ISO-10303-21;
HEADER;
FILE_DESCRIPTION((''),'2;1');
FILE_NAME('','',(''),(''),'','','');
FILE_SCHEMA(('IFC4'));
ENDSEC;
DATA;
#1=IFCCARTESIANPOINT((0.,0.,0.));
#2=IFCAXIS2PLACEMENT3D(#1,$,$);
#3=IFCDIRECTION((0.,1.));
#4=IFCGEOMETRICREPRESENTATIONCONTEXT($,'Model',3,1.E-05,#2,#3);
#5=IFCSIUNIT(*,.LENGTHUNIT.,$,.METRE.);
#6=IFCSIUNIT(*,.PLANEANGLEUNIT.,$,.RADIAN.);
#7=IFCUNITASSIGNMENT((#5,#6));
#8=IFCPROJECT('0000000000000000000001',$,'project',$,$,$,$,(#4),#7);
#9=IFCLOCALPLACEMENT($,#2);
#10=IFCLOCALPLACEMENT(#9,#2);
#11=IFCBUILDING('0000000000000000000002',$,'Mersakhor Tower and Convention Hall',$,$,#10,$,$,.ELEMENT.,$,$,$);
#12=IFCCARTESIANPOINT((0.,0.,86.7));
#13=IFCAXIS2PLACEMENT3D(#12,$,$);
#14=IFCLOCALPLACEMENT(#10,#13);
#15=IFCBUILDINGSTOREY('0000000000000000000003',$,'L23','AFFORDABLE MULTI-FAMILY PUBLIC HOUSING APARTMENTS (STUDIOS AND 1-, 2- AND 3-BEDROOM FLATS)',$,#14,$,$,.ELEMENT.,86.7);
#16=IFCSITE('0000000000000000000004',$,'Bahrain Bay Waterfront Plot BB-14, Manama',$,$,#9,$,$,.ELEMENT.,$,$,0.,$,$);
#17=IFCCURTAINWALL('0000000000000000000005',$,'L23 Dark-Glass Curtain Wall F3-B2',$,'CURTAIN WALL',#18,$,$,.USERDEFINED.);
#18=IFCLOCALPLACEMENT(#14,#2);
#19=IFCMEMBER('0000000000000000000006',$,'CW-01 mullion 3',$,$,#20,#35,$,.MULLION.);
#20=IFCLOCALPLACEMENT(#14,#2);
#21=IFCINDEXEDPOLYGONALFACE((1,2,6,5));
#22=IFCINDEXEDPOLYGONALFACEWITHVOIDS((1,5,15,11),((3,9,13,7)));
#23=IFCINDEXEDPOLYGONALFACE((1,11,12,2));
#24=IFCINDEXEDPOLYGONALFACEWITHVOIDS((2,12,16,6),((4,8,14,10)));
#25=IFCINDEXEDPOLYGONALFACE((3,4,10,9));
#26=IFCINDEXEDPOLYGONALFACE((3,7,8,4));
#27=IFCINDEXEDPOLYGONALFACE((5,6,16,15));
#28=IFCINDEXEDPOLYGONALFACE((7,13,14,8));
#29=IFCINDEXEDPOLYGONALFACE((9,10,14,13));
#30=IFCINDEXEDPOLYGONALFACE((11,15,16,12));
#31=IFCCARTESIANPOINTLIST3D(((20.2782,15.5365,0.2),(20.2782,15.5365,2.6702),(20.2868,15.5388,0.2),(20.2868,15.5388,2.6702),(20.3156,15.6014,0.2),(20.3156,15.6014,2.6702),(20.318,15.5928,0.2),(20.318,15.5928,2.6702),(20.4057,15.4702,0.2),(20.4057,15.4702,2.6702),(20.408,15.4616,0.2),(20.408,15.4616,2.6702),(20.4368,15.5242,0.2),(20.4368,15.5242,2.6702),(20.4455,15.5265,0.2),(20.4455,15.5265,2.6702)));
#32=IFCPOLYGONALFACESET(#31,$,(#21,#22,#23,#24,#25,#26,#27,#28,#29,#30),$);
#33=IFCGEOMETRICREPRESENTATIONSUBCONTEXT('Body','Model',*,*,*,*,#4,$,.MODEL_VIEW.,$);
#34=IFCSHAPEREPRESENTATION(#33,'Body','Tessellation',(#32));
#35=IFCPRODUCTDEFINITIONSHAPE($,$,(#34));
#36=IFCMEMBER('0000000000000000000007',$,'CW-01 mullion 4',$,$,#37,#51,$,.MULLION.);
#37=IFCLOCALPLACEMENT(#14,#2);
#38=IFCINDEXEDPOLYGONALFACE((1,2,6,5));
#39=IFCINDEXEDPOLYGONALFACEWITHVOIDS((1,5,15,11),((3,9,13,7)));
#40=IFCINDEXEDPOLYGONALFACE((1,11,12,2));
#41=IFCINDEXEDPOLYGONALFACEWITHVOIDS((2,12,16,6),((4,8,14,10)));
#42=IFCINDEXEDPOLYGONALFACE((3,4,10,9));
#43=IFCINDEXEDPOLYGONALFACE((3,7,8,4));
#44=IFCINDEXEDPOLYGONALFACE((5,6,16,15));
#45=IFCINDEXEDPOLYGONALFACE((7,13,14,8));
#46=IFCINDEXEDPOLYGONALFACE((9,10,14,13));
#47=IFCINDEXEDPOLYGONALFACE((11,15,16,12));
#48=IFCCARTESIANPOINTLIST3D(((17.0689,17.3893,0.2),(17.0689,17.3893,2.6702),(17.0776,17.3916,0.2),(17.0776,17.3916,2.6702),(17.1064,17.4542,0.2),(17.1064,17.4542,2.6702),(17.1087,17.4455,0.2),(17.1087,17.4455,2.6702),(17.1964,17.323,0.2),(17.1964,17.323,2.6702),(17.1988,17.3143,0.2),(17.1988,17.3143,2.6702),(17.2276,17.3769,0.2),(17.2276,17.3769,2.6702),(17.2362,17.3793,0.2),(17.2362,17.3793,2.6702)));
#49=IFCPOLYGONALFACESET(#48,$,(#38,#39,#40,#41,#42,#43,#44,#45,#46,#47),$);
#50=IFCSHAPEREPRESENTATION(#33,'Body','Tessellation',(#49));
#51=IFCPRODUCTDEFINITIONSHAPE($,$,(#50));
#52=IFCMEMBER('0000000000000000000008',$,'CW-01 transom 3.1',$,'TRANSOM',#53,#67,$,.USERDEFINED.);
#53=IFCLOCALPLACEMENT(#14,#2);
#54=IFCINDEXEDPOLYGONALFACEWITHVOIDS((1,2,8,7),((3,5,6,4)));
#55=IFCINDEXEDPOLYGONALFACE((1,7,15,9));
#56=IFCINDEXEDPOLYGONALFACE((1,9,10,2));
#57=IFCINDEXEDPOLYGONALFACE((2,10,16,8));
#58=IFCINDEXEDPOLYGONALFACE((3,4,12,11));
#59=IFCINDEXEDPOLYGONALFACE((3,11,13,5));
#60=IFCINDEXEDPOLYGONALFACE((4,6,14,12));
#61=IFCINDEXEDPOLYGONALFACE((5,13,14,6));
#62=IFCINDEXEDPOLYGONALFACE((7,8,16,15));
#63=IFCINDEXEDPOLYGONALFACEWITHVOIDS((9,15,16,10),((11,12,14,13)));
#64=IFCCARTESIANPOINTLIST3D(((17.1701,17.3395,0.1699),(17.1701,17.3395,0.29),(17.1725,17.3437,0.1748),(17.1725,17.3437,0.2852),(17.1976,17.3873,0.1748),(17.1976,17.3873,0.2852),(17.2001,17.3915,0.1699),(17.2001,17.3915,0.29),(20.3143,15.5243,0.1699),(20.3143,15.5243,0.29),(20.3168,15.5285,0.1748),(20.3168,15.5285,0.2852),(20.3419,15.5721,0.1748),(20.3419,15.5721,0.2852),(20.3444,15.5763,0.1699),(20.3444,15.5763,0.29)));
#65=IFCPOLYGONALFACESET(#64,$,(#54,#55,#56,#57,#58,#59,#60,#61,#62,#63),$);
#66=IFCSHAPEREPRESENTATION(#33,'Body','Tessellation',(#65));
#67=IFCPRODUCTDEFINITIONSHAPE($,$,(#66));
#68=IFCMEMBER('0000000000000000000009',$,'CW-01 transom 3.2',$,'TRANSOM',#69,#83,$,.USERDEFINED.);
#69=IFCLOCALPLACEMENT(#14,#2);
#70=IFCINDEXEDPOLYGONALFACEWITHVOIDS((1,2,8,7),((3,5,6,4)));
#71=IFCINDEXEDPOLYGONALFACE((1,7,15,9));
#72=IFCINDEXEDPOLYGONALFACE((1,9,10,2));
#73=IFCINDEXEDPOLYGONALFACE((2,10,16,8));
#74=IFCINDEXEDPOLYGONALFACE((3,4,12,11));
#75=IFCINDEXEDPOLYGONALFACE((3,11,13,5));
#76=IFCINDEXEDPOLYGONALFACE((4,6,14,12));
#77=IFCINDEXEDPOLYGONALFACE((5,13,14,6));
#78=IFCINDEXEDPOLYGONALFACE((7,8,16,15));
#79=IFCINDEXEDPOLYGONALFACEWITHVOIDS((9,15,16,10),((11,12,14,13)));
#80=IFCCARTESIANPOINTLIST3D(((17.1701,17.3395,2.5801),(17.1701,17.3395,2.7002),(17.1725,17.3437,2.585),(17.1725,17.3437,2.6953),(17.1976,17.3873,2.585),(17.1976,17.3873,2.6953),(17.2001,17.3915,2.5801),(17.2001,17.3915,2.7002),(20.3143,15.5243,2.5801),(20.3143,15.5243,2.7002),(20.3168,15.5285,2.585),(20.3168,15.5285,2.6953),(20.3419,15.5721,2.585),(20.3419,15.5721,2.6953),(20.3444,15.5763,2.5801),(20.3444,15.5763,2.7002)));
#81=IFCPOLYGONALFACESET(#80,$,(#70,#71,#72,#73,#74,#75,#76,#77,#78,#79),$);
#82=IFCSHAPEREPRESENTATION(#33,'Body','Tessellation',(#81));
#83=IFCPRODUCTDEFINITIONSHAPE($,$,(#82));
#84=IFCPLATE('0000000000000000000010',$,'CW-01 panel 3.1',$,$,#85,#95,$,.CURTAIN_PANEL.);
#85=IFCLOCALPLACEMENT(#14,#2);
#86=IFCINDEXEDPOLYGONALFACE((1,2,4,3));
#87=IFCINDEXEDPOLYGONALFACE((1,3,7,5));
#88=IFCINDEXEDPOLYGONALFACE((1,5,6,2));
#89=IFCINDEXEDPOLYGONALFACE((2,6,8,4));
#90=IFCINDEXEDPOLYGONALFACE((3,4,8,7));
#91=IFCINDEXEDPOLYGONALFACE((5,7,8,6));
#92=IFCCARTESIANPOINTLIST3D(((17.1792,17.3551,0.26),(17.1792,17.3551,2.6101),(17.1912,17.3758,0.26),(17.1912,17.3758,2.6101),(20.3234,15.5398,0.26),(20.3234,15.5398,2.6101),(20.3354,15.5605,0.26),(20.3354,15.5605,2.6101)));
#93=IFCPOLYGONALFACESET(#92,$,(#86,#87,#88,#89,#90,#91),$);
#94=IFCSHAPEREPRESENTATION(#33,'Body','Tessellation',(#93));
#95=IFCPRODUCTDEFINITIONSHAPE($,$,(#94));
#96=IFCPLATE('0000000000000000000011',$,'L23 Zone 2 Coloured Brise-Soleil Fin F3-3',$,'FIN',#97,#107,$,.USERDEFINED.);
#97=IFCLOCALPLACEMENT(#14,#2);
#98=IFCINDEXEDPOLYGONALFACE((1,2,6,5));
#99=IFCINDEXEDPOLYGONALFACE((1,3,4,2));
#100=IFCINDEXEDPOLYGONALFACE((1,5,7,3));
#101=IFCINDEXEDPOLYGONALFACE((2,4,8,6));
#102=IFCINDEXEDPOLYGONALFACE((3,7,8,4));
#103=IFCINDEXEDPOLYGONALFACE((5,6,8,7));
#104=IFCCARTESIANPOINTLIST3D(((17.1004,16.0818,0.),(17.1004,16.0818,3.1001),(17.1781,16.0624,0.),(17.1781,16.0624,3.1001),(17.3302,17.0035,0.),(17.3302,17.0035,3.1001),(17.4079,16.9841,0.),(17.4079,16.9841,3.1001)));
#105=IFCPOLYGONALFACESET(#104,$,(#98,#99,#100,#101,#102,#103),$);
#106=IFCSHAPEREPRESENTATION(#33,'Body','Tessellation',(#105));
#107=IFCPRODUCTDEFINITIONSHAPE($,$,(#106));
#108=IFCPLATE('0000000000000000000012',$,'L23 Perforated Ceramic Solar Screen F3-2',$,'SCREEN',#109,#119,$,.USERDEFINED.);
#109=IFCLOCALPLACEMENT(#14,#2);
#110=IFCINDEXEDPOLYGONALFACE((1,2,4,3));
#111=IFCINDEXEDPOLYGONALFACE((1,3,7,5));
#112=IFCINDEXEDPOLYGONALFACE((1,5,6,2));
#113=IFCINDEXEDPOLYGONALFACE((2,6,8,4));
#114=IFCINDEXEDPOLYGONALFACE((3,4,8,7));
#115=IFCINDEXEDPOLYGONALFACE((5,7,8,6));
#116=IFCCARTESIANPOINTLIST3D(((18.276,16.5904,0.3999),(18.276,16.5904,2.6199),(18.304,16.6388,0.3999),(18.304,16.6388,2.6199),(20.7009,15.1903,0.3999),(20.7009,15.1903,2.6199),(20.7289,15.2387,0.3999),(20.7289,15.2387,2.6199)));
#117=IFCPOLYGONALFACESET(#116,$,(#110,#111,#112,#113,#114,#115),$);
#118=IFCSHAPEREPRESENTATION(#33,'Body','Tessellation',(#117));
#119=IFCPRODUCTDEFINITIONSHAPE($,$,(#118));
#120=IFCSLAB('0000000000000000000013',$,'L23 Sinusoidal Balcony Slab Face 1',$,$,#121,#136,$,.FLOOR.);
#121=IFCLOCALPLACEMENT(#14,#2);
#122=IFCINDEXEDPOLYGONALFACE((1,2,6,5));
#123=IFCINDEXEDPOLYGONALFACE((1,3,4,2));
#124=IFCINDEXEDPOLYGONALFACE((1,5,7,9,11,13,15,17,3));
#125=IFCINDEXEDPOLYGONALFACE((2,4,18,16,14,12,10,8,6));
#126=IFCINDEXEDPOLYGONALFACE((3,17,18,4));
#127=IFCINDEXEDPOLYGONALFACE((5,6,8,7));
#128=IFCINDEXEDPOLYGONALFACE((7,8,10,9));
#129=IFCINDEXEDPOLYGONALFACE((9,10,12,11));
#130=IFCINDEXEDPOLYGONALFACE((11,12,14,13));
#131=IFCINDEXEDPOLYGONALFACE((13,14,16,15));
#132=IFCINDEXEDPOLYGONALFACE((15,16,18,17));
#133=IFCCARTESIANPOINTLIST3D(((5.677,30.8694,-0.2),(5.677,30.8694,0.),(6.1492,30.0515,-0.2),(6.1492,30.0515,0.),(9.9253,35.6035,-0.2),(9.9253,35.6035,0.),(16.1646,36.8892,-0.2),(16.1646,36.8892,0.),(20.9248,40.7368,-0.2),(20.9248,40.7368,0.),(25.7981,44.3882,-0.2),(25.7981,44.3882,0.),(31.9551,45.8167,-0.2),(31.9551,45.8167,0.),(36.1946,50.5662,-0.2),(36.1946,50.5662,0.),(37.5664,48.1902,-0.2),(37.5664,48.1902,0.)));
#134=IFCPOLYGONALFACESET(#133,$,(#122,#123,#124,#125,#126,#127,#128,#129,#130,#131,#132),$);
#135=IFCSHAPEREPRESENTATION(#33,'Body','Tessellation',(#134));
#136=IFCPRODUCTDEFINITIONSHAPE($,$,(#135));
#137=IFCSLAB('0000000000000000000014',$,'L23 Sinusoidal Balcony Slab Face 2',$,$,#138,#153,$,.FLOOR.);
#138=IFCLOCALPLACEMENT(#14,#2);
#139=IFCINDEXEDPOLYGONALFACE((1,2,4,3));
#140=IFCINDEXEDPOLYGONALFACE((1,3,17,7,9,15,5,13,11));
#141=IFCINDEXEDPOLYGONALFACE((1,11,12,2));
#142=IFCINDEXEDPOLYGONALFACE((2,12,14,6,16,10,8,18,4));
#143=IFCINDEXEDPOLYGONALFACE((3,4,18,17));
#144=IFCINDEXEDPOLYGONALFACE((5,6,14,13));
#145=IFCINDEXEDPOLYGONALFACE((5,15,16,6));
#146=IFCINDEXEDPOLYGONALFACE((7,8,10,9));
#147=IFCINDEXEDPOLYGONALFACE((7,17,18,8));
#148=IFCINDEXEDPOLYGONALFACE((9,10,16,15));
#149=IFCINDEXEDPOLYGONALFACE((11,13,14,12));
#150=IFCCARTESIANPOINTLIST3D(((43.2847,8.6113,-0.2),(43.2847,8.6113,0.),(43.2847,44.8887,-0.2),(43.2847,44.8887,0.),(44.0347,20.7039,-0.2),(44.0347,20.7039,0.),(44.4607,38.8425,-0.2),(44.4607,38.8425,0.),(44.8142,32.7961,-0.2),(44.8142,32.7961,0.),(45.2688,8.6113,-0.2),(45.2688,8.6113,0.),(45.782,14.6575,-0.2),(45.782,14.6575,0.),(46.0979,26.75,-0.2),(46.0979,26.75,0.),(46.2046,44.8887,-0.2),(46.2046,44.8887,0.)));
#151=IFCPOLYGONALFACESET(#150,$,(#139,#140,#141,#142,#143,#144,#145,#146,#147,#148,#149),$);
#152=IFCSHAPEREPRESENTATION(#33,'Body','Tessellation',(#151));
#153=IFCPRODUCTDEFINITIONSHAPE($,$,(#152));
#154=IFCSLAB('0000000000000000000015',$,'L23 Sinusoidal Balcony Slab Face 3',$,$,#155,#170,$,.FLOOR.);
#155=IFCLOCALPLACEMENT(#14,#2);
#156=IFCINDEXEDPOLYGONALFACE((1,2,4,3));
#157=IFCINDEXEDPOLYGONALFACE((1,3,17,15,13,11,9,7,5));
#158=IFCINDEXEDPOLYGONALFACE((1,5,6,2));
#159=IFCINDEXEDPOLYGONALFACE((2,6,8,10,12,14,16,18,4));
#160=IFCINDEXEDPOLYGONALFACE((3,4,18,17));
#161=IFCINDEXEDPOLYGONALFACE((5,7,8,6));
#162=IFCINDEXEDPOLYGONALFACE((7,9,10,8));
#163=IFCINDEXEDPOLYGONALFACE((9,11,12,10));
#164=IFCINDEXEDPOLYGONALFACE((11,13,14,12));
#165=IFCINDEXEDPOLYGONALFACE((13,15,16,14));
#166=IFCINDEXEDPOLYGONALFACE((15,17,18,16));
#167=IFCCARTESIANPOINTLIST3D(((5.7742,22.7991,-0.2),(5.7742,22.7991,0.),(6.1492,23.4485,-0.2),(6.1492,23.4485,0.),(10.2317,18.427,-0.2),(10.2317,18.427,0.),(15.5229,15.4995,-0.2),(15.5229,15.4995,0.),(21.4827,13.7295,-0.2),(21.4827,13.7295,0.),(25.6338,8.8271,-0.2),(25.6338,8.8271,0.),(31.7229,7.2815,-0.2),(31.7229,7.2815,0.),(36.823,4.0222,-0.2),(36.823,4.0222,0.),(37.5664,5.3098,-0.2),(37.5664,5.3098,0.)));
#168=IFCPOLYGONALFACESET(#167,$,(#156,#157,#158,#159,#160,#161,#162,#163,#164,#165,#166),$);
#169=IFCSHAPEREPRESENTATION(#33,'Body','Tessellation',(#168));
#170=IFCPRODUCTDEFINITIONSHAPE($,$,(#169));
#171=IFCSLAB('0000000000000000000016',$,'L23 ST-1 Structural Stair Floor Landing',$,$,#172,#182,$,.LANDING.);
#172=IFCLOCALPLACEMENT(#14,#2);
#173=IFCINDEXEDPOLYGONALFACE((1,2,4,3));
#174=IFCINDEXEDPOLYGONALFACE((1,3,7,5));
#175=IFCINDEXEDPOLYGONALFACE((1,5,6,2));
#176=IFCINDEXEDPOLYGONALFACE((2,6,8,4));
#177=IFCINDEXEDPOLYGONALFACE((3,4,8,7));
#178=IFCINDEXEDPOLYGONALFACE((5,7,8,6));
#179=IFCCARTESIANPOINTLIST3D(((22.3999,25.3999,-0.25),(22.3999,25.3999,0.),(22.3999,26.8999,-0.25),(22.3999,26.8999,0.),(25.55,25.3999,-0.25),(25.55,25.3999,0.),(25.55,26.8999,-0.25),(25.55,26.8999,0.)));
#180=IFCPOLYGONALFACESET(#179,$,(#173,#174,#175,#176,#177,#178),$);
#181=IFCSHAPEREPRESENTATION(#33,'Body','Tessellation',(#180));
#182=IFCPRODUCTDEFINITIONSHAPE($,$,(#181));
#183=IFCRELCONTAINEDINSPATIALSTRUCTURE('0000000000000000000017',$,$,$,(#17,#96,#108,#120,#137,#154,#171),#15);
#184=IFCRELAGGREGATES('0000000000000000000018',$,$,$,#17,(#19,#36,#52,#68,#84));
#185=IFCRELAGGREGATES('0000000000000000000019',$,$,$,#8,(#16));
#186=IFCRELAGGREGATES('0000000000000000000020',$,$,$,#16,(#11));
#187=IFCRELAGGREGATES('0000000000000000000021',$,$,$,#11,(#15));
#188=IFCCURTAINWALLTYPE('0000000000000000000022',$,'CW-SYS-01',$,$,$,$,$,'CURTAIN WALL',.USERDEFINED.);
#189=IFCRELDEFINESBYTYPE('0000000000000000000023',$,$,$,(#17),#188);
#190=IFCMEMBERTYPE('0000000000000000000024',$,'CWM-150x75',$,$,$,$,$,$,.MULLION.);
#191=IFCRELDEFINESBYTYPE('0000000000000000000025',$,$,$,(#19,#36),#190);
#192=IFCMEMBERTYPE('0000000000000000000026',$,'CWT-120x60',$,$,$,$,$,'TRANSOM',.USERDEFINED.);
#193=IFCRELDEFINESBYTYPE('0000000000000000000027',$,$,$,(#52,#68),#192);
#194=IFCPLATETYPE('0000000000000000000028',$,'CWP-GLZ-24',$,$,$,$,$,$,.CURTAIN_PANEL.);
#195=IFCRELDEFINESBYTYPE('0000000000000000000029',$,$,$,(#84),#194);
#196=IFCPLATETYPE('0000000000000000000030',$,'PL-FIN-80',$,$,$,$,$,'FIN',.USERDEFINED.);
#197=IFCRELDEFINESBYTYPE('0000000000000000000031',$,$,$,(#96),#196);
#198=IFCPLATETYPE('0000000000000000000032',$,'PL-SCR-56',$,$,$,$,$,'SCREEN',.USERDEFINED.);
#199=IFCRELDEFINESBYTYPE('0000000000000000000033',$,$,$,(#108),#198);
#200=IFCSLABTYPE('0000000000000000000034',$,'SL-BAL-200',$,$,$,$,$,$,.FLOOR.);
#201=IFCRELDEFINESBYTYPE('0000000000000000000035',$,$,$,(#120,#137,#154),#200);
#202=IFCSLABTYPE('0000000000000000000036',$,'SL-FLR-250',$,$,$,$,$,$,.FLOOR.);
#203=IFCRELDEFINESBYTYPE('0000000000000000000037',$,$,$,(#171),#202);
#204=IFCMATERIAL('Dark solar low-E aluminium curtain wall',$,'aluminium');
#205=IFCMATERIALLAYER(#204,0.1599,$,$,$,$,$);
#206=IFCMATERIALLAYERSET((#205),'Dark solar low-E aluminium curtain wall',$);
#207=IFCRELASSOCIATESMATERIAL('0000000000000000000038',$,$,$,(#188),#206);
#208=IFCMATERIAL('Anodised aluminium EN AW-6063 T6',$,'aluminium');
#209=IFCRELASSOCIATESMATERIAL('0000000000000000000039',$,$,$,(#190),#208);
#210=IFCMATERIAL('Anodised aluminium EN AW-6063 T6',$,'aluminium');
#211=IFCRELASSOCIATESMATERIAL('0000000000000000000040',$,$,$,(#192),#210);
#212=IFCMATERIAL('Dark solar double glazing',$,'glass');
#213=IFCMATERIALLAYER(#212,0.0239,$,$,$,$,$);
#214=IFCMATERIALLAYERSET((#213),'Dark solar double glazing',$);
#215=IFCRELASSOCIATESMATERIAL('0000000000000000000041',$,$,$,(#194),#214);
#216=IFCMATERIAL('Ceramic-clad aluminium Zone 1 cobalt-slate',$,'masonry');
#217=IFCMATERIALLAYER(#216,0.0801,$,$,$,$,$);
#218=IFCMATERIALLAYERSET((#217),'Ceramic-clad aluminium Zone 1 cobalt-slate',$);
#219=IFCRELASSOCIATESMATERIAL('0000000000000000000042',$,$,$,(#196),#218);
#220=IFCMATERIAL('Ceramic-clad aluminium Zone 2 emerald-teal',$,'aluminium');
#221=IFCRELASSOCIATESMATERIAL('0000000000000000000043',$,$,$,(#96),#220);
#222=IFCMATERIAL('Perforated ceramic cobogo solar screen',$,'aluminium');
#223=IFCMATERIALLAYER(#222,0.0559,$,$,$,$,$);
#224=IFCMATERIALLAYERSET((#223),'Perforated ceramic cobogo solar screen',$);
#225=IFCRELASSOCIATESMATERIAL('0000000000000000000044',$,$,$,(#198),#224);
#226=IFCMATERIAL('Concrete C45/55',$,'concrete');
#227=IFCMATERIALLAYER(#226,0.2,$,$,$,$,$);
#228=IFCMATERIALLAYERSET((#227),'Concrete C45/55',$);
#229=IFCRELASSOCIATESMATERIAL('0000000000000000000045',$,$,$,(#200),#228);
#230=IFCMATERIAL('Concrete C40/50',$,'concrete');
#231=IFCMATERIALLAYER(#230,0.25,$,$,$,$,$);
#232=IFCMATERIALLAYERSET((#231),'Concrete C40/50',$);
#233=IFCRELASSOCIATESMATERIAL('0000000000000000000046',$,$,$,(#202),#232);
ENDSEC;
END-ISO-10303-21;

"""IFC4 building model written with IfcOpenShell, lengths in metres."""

from ifc_helpers import new_model, si_unit, direction, frame, origin, origin_2d, place, context, subcontext, project, spatial, polyline, rectangle, hollow_rectangle, outline, extrude, material, layer, layer_set, material_profile, profile_set, type_object, element, aggregate, save


model = new_model("IFC4")

# Units and contexts
model_context = context("Model", 3, precision=1e-05, world=origin(), true_north=direction((0.0, 1.0)))
body_context = subcontext(model_context, "Body", "Model", "MODEL_VIEW")
ifc_project = project(units=[si_unit("LENGTHUNIT", "METRE"), si_unit("PLANEANGLEUNIT", "RADIAN")], contexts=[model_context])

# Site, building, storey
site_placement = place(None, origin())
site = spatial("IfcSite", under=ifc_project, at=site_placement, Name="Bahrain Bay Waterfront Plot BB-14, Manama", CompositionType="ELEMENT", RefElevation=0.0)
building_placement = place(site_placement, origin())
building = spatial("IfcBuilding", under=site, at=building_placement, Name="Mersakhor Tower and Convention Hall", CompositionType="ELEMENT")
storey_placement = place(building_placement, frame((0.0, 0.0, 86.7)))
storey = spatial("IfcBuildingStorey", under=building, at=storey_placement, Name="L23", Description="AFFORDABLE MULTI-FAMILY PUBLIC HOUSING APARTMENTS (STUDIOS AND 1-, 2- AND 3-BEDROOM FLATS)", CompositionType="ELEMENT", Elevation=86.7)

# Curtain wall, members, plate
ifc_material_1 = material(Name="Dark solar low-E aluminium curtain wall", Category="aluminium")
ifc_layer_1 = layer(ifc_material_1, 0.1599)
ifc_layer_set_1 = layer_set([ifc_layer_1], Name="Dark solar low-E aluminium curtain wall")
curtain_wall_type = type_object("IfcCurtainWallType", Name="CW-SYS-01", ElementType="CURTAIN WALL", PredefinedType="USERDEFINED", material=ifc_layer_set_1)
curtain_wall_placement = place(storey_placement, origin())
curtain_wall = element("IfcCurtainWall", 1, at=curtain_wall_placement, inside=storey, type_object=curtain_wall_type, Name="L23 Dark-Glass Curtain Wall F3-B2", ObjectType="CURTAIN WALL", PredefinedType="USERDEFINED")
ifc_material_2 = material(Name="Anodised aluminium EN AW-6063 T6", Category="aluminium")
ifc_material_profile_1 = material_profile(ifc_material_2, hollow_rectangle(XDim=0.075, YDim=0.1499, WallThickness=0.0063, at=origin_2d()), Name="RHS 150x75x6.3")
ifc_profile_set_1 = profile_set([ifc_material_profile_1], Name="Anodised aluminium EN AW-6063 T6")
member_type_1 = type_object("IfcMemberType", Name="CWM-150x75", PredefinedType="MULLION", material=ifc_profile_set_1)
member_1_placement = place(storey_placement, frame((20.3618, 15.5315, 0.2), z_axis=(0.0, 0.0, 1.0), x_axis=(-0.499998, -0.866027, 0.0)))
member_1 = element("IfcMember", 2, at=member_1_placement, type_object=member_type_1, Name="CW-01 mullion 3", PredefinedType="MULLION", context=body_context, shape_type="SweptSolid", body=[
    extrude(hollow_rectangle(XDim=0.075, YDim=0.1499, WallThickness=0.0063, at=origin_2d()), origin(), (0.0, 0.0, 1.0), 2.4702),
])
member_2_placement = place(storey_placement, frame((17.1526, 17.3843, 0.2), z_axis=(0.0, 0.0, 1.0), x_axis=(-0.499998, -0.866027, 0.0)))
member_2 = element("IfcMember", 3, at=member_2_placement, type_object=member_type_1, Name="CW-01 mullion 4", PredefinedType="MULLION", context=body_context, shape_type="SweptSolid", body=[
    extrude(hollow_rectangle(XDim=0.075, YDim=0.1499, WallThickness=0.0063, at=origin_2d()), origin(), (0.0, 0.0, 1.0), 2.4702),
])
ifc_material_3 = material(Name="Anodised aluminium EN AW-6063 T6", Category="aluminium")
ifc_material_profile_2 = material_profile(ifc_material_3, hollow_rectangle(XDim=0.0601, YDim=0.1201, WallThickness=0.0049, at=origin_2d()), Name="RHS 120x60x5")
ifc_profile_set_2 = profile_set([ifc_material_profile_2], Name="Anodised aluminium EN AW-6063 T6")
member_type_2 = type_object("IfcMemberType", Name="CWT-120x60", ElementType="TRANSOM", PredefinedType="USERDEFINED", material=ifc_profile_set_2)
member_3_placement = place(storey_placement, frame((20.3293, 15.5503, 0.23), z_axis=(-0.866046, 0.499965, 0.0), x_axis=(-0.499965, -0.866046, 0.0)))
member_3 = element("IfcMember", 4, at=member_3_placement, type_object=member_type_2, Name="CW-01 transom 3.1", ObjectType="TRANSOM", PredefinedType="USERDEFINED", context=body_context, shape_type="SweptSolid", body=[
    extrude(hollow_rectangle(XDim=0.0601, YDim=0.1201, WallThickness=0.0049, at=origin_2d()), origin(), (0.0, 0.0, 1.0), 3.6306),
])
member_4_placement = place(storey_placement, frame((20.3293, 15.5503, 2.6401), z_axis=(-0.866046, 0.499965, 0.0), x_axis=(-0.499965, -0.866046, 0.0)))
member_4 = element("IfcMember", 5, at=member_4_placement, type_object=member_type_2, Name="CW-01 transom 3.2", ObjectType="TRANSOM", PredefinedType="USERDEFINED", context=body_context, shape_type="SweptSolid", body=[
    extrude(hollow_rectangle(XDim=0.0601, YDim=0.1201, WallThickness=0.0049, at=origin_2d()), origin(), (0.0, 0.0, 1.0), 3.6306),
])
ifc_material_4 = material(Name="Dark solar double glazing", Category="glass")
ifc_layer_2 = layer(ifc_material_4, 0.0239)
ifc_layer_set_2 = layer_set([ifc_layer_2], Name="Dark solar double glazing")
plate_type_1 = type_object("IfcPlateType", Name="CWP-GLZ-24", PredefinedType="CURTAIN_PANEL", material=ifc_layer_set_2)
plate_1_placement = place(storey_placement, frame((18.7573, 16.4578, 0.26), z_axis=(0.0, 0.0, 1.0), x_axis=(-0.866027, 0.499998, 0.0)))
plate_1 = element("IfcPlate", 6, at=plate_1_placement, type_object=plate_type_1, Name="CW-01 panel 3.1", PredefinedType="CURTAIN_PANEL", context=body_context, shape_type="SweptSolid", body=[
    extrude(rectangle(XDim=3.6306, YDim=0.0239, at=origin_2d()), origin(), (0.0, 0.0, 1.0), 2.3501),
])
aggregate(curtain_wall, [member_1, member_2, member_3, member_4, plate_1])

# Plates
ifc_material_5 = material(Name="Ceramic-clad aluminium Zone 2 emerald-teal", Category="aluminium")
ifc_material_6 = material(Name="Ceramic-clad aluminium Zone 1 cobalt-slate", Category="masonry")
ifc_layer_3 = layer(ifc_material_6, 0.0801)
ifc_layer_set_3 = layer_set([ifc_layer_3], Name="Ceramic-clad aluminium Zone 1 cobalt-slate")
plate_type_2 = type_object("IfcPlateType", Name="PL-FIN-80", ElementType="FIN", PredefinedType="USERDEFINED", material=ifc_layer_set_3)
plate_2_placement = place(storey_placement, frame((17.2542, 16.533, 0.0), z_axis=(0.0, 0.0, 1.0), x_axis=(-0.241922, -0.970296, 0.0)))
element("IfcPlate", 7, at=plate_2_placement, inside=storey, type_object=plate_type_2, material=ifc_material_5, Name="L23 Zone 2 Coloured Brise-Soleil Fin F3-3", ObjectType="FIN", PredefinedType="USERDEFINED", context=body_context, shape_type="SweptSolid", body=[
    extrude(rectangle(XDim=0.95, YDim=0.0801, at=origin_2d()), origin(), (0.0, 0.0, 1.0), 3.1001),
])
ifc_material_7 = material(Name="Perforated ceramic cobogo solar screen", Category="aluminium")
ifc_layer_4 = layer(ifc_material_7, 0.0559)
ifc_layer_set_4 = layer_set([ifc_layer_4], Name="Perforated ceramic cobogo solar screen")
plate_type_3 = type_object("IfcPlateType", Name="PL-SCR-56", ElementType="SCREEN", PredefinedType="USERDEFINED", material=ifc_layer_set_4)
plate_3_placement = place(storey_placement, frame((19.5024, 15.9146, 0.3999), z_axis=(0.0, 0.0, 1.0), x_axis=(-0.866025, 0.5, 0.0)))
element("IfcPlate", 8, at=plate_3_placement, inside=storey, type_object=plate_type_3, Name="L23 Perforated Ceramic Solar Screen F3-2", ObjectType="SCREEN", PredefinedType="USERDEFINED", context=body_context, shape_type="SweptSolid", body=[
    extrude(rectangle(XDim=2.8, YDim=0.0559, at=origin_2d()), origin(), (0.0, 0.0, 1.0), 2.22),
])

# Slabs
ifc_material_8 = material(Name="Concrete C45/55", Category="concrete")
ifc_layer_5 = layer(ifc_material_8, 0.2)
ifc_layer_set_5 = layer_set([ifc_layer_5], Name="Concrete C45/55")
slab_type_1 = type_object("IfcSlabType", Name="SL-BAL-200", PredefinedType="FLOOR", material=ifc_layer_set_5)
slab_1_placement = place(storey_placement, frame((0.0, 0.0, -0.2)))
element("IfcSlab", 9, at=slab_1_placement, inside=storey, type_object=slab_type_1, Name="L23 Sinusoidal Balcony Slab Face 1", PredefinedType="FLOOR", context=body_context, shape_type="SweptSolid", body=[
    extrude(outline(polyline([(6.1492, 30.0515), (37.5664, 48.1902), (36.1946, 50.5662), (31.9551, 45.8167), (25.7981, 44.3882), (20.9248, 40.7368), (16.1646, 36.8892), (9.9253, 35.6035), (5.677, 30.8694), (6.1492, 30.0515)])), origin(), (0.0, 0.0, 1.0), 0.2),
])
slab_2_placement = place(storey_placement, frame((0.0, 0.0, -0.2)))
element("IfcSlab", 10, at=slab_2_placement, inside=storey, type_object=slab_type_1, Name="L23 Sinusoidal Balcony Slab Face 2", PredefinedType="FLOOR", context=body_context, shape_type="SweptSolid", body=[
    extrude(outline(polyline([(43.2847, 44.8887), (43.2847, 8.6113), (45.2688, 8.6113), (45.782, 14.6575), (44.0347, 20.7039), (46.0979, 26.75), (44.8142, 32.7961), (44.4607, 38.8425), (46.2046, 44.8887), (43.2847, 44.8887)])), origin(), (0.0, 0.0, 1.0), 0.2),
])
slab_3_placement = place(storey_placement, frame((0.0, 0.0, -0.2)))
element("IfcSlab", 11, at=slab_3_placement, inside=storey, type_object=slab_type_1, Name="L23 Sinusoidal Balcony Slab Face 3", PredefinedType="FLOOR", context=body_context, shape_type="SweptSolid", body=[
    extrude(outline(polyline([(37.5664, 5.3098), (6.1492, 23.4485), (5.7742, 22.7991), (10.2317, 18.427), (15.5229, 15.4995), (21.4827, 13.7295), (25.6338, 8.8271), (31.7229, 7.2815), (36.823, 4.0222), (37.5664, 5.3098)])), origin(), (0.0, 0.0, 1.0), 0.2),
])
ifc_material_9 = material(Name="Concrete C40/50", Category="concrete")
ifc_layer_6 = layer(ifc_material_9, 0.25)
ifc_layer_set_6 = layer_set([ifc_layer_6], Name="Concrete C40/50")
slab_type_2 = type_object("IfcSlabType", Name="SL-FLR-250", PredefinedType="FLOOR", material=ifc_layer_set_6)
slab_4_placement = place(storey_placement, frame((0.0, 0.0, -0.25)))
element("IfcSlab", 12, at=slab_4_placement, inside=storey, type_object=slab_type_2, Name="L23 ST-1 Structural Stair Floor Landing", PredefinedType="LANDING", context=body_context, shape_type="SweptSolid", body=[
    extrude(outline(polyline([(25.55, 25.3999), (25.55, 26.8999), (22.3999, 26.8999), (22.3999, 25.3999), (25.55, 25.3999)])), origin(), (0.0, 0.0, 1.0), 0.25),
])

save(model, "model.ifc")
